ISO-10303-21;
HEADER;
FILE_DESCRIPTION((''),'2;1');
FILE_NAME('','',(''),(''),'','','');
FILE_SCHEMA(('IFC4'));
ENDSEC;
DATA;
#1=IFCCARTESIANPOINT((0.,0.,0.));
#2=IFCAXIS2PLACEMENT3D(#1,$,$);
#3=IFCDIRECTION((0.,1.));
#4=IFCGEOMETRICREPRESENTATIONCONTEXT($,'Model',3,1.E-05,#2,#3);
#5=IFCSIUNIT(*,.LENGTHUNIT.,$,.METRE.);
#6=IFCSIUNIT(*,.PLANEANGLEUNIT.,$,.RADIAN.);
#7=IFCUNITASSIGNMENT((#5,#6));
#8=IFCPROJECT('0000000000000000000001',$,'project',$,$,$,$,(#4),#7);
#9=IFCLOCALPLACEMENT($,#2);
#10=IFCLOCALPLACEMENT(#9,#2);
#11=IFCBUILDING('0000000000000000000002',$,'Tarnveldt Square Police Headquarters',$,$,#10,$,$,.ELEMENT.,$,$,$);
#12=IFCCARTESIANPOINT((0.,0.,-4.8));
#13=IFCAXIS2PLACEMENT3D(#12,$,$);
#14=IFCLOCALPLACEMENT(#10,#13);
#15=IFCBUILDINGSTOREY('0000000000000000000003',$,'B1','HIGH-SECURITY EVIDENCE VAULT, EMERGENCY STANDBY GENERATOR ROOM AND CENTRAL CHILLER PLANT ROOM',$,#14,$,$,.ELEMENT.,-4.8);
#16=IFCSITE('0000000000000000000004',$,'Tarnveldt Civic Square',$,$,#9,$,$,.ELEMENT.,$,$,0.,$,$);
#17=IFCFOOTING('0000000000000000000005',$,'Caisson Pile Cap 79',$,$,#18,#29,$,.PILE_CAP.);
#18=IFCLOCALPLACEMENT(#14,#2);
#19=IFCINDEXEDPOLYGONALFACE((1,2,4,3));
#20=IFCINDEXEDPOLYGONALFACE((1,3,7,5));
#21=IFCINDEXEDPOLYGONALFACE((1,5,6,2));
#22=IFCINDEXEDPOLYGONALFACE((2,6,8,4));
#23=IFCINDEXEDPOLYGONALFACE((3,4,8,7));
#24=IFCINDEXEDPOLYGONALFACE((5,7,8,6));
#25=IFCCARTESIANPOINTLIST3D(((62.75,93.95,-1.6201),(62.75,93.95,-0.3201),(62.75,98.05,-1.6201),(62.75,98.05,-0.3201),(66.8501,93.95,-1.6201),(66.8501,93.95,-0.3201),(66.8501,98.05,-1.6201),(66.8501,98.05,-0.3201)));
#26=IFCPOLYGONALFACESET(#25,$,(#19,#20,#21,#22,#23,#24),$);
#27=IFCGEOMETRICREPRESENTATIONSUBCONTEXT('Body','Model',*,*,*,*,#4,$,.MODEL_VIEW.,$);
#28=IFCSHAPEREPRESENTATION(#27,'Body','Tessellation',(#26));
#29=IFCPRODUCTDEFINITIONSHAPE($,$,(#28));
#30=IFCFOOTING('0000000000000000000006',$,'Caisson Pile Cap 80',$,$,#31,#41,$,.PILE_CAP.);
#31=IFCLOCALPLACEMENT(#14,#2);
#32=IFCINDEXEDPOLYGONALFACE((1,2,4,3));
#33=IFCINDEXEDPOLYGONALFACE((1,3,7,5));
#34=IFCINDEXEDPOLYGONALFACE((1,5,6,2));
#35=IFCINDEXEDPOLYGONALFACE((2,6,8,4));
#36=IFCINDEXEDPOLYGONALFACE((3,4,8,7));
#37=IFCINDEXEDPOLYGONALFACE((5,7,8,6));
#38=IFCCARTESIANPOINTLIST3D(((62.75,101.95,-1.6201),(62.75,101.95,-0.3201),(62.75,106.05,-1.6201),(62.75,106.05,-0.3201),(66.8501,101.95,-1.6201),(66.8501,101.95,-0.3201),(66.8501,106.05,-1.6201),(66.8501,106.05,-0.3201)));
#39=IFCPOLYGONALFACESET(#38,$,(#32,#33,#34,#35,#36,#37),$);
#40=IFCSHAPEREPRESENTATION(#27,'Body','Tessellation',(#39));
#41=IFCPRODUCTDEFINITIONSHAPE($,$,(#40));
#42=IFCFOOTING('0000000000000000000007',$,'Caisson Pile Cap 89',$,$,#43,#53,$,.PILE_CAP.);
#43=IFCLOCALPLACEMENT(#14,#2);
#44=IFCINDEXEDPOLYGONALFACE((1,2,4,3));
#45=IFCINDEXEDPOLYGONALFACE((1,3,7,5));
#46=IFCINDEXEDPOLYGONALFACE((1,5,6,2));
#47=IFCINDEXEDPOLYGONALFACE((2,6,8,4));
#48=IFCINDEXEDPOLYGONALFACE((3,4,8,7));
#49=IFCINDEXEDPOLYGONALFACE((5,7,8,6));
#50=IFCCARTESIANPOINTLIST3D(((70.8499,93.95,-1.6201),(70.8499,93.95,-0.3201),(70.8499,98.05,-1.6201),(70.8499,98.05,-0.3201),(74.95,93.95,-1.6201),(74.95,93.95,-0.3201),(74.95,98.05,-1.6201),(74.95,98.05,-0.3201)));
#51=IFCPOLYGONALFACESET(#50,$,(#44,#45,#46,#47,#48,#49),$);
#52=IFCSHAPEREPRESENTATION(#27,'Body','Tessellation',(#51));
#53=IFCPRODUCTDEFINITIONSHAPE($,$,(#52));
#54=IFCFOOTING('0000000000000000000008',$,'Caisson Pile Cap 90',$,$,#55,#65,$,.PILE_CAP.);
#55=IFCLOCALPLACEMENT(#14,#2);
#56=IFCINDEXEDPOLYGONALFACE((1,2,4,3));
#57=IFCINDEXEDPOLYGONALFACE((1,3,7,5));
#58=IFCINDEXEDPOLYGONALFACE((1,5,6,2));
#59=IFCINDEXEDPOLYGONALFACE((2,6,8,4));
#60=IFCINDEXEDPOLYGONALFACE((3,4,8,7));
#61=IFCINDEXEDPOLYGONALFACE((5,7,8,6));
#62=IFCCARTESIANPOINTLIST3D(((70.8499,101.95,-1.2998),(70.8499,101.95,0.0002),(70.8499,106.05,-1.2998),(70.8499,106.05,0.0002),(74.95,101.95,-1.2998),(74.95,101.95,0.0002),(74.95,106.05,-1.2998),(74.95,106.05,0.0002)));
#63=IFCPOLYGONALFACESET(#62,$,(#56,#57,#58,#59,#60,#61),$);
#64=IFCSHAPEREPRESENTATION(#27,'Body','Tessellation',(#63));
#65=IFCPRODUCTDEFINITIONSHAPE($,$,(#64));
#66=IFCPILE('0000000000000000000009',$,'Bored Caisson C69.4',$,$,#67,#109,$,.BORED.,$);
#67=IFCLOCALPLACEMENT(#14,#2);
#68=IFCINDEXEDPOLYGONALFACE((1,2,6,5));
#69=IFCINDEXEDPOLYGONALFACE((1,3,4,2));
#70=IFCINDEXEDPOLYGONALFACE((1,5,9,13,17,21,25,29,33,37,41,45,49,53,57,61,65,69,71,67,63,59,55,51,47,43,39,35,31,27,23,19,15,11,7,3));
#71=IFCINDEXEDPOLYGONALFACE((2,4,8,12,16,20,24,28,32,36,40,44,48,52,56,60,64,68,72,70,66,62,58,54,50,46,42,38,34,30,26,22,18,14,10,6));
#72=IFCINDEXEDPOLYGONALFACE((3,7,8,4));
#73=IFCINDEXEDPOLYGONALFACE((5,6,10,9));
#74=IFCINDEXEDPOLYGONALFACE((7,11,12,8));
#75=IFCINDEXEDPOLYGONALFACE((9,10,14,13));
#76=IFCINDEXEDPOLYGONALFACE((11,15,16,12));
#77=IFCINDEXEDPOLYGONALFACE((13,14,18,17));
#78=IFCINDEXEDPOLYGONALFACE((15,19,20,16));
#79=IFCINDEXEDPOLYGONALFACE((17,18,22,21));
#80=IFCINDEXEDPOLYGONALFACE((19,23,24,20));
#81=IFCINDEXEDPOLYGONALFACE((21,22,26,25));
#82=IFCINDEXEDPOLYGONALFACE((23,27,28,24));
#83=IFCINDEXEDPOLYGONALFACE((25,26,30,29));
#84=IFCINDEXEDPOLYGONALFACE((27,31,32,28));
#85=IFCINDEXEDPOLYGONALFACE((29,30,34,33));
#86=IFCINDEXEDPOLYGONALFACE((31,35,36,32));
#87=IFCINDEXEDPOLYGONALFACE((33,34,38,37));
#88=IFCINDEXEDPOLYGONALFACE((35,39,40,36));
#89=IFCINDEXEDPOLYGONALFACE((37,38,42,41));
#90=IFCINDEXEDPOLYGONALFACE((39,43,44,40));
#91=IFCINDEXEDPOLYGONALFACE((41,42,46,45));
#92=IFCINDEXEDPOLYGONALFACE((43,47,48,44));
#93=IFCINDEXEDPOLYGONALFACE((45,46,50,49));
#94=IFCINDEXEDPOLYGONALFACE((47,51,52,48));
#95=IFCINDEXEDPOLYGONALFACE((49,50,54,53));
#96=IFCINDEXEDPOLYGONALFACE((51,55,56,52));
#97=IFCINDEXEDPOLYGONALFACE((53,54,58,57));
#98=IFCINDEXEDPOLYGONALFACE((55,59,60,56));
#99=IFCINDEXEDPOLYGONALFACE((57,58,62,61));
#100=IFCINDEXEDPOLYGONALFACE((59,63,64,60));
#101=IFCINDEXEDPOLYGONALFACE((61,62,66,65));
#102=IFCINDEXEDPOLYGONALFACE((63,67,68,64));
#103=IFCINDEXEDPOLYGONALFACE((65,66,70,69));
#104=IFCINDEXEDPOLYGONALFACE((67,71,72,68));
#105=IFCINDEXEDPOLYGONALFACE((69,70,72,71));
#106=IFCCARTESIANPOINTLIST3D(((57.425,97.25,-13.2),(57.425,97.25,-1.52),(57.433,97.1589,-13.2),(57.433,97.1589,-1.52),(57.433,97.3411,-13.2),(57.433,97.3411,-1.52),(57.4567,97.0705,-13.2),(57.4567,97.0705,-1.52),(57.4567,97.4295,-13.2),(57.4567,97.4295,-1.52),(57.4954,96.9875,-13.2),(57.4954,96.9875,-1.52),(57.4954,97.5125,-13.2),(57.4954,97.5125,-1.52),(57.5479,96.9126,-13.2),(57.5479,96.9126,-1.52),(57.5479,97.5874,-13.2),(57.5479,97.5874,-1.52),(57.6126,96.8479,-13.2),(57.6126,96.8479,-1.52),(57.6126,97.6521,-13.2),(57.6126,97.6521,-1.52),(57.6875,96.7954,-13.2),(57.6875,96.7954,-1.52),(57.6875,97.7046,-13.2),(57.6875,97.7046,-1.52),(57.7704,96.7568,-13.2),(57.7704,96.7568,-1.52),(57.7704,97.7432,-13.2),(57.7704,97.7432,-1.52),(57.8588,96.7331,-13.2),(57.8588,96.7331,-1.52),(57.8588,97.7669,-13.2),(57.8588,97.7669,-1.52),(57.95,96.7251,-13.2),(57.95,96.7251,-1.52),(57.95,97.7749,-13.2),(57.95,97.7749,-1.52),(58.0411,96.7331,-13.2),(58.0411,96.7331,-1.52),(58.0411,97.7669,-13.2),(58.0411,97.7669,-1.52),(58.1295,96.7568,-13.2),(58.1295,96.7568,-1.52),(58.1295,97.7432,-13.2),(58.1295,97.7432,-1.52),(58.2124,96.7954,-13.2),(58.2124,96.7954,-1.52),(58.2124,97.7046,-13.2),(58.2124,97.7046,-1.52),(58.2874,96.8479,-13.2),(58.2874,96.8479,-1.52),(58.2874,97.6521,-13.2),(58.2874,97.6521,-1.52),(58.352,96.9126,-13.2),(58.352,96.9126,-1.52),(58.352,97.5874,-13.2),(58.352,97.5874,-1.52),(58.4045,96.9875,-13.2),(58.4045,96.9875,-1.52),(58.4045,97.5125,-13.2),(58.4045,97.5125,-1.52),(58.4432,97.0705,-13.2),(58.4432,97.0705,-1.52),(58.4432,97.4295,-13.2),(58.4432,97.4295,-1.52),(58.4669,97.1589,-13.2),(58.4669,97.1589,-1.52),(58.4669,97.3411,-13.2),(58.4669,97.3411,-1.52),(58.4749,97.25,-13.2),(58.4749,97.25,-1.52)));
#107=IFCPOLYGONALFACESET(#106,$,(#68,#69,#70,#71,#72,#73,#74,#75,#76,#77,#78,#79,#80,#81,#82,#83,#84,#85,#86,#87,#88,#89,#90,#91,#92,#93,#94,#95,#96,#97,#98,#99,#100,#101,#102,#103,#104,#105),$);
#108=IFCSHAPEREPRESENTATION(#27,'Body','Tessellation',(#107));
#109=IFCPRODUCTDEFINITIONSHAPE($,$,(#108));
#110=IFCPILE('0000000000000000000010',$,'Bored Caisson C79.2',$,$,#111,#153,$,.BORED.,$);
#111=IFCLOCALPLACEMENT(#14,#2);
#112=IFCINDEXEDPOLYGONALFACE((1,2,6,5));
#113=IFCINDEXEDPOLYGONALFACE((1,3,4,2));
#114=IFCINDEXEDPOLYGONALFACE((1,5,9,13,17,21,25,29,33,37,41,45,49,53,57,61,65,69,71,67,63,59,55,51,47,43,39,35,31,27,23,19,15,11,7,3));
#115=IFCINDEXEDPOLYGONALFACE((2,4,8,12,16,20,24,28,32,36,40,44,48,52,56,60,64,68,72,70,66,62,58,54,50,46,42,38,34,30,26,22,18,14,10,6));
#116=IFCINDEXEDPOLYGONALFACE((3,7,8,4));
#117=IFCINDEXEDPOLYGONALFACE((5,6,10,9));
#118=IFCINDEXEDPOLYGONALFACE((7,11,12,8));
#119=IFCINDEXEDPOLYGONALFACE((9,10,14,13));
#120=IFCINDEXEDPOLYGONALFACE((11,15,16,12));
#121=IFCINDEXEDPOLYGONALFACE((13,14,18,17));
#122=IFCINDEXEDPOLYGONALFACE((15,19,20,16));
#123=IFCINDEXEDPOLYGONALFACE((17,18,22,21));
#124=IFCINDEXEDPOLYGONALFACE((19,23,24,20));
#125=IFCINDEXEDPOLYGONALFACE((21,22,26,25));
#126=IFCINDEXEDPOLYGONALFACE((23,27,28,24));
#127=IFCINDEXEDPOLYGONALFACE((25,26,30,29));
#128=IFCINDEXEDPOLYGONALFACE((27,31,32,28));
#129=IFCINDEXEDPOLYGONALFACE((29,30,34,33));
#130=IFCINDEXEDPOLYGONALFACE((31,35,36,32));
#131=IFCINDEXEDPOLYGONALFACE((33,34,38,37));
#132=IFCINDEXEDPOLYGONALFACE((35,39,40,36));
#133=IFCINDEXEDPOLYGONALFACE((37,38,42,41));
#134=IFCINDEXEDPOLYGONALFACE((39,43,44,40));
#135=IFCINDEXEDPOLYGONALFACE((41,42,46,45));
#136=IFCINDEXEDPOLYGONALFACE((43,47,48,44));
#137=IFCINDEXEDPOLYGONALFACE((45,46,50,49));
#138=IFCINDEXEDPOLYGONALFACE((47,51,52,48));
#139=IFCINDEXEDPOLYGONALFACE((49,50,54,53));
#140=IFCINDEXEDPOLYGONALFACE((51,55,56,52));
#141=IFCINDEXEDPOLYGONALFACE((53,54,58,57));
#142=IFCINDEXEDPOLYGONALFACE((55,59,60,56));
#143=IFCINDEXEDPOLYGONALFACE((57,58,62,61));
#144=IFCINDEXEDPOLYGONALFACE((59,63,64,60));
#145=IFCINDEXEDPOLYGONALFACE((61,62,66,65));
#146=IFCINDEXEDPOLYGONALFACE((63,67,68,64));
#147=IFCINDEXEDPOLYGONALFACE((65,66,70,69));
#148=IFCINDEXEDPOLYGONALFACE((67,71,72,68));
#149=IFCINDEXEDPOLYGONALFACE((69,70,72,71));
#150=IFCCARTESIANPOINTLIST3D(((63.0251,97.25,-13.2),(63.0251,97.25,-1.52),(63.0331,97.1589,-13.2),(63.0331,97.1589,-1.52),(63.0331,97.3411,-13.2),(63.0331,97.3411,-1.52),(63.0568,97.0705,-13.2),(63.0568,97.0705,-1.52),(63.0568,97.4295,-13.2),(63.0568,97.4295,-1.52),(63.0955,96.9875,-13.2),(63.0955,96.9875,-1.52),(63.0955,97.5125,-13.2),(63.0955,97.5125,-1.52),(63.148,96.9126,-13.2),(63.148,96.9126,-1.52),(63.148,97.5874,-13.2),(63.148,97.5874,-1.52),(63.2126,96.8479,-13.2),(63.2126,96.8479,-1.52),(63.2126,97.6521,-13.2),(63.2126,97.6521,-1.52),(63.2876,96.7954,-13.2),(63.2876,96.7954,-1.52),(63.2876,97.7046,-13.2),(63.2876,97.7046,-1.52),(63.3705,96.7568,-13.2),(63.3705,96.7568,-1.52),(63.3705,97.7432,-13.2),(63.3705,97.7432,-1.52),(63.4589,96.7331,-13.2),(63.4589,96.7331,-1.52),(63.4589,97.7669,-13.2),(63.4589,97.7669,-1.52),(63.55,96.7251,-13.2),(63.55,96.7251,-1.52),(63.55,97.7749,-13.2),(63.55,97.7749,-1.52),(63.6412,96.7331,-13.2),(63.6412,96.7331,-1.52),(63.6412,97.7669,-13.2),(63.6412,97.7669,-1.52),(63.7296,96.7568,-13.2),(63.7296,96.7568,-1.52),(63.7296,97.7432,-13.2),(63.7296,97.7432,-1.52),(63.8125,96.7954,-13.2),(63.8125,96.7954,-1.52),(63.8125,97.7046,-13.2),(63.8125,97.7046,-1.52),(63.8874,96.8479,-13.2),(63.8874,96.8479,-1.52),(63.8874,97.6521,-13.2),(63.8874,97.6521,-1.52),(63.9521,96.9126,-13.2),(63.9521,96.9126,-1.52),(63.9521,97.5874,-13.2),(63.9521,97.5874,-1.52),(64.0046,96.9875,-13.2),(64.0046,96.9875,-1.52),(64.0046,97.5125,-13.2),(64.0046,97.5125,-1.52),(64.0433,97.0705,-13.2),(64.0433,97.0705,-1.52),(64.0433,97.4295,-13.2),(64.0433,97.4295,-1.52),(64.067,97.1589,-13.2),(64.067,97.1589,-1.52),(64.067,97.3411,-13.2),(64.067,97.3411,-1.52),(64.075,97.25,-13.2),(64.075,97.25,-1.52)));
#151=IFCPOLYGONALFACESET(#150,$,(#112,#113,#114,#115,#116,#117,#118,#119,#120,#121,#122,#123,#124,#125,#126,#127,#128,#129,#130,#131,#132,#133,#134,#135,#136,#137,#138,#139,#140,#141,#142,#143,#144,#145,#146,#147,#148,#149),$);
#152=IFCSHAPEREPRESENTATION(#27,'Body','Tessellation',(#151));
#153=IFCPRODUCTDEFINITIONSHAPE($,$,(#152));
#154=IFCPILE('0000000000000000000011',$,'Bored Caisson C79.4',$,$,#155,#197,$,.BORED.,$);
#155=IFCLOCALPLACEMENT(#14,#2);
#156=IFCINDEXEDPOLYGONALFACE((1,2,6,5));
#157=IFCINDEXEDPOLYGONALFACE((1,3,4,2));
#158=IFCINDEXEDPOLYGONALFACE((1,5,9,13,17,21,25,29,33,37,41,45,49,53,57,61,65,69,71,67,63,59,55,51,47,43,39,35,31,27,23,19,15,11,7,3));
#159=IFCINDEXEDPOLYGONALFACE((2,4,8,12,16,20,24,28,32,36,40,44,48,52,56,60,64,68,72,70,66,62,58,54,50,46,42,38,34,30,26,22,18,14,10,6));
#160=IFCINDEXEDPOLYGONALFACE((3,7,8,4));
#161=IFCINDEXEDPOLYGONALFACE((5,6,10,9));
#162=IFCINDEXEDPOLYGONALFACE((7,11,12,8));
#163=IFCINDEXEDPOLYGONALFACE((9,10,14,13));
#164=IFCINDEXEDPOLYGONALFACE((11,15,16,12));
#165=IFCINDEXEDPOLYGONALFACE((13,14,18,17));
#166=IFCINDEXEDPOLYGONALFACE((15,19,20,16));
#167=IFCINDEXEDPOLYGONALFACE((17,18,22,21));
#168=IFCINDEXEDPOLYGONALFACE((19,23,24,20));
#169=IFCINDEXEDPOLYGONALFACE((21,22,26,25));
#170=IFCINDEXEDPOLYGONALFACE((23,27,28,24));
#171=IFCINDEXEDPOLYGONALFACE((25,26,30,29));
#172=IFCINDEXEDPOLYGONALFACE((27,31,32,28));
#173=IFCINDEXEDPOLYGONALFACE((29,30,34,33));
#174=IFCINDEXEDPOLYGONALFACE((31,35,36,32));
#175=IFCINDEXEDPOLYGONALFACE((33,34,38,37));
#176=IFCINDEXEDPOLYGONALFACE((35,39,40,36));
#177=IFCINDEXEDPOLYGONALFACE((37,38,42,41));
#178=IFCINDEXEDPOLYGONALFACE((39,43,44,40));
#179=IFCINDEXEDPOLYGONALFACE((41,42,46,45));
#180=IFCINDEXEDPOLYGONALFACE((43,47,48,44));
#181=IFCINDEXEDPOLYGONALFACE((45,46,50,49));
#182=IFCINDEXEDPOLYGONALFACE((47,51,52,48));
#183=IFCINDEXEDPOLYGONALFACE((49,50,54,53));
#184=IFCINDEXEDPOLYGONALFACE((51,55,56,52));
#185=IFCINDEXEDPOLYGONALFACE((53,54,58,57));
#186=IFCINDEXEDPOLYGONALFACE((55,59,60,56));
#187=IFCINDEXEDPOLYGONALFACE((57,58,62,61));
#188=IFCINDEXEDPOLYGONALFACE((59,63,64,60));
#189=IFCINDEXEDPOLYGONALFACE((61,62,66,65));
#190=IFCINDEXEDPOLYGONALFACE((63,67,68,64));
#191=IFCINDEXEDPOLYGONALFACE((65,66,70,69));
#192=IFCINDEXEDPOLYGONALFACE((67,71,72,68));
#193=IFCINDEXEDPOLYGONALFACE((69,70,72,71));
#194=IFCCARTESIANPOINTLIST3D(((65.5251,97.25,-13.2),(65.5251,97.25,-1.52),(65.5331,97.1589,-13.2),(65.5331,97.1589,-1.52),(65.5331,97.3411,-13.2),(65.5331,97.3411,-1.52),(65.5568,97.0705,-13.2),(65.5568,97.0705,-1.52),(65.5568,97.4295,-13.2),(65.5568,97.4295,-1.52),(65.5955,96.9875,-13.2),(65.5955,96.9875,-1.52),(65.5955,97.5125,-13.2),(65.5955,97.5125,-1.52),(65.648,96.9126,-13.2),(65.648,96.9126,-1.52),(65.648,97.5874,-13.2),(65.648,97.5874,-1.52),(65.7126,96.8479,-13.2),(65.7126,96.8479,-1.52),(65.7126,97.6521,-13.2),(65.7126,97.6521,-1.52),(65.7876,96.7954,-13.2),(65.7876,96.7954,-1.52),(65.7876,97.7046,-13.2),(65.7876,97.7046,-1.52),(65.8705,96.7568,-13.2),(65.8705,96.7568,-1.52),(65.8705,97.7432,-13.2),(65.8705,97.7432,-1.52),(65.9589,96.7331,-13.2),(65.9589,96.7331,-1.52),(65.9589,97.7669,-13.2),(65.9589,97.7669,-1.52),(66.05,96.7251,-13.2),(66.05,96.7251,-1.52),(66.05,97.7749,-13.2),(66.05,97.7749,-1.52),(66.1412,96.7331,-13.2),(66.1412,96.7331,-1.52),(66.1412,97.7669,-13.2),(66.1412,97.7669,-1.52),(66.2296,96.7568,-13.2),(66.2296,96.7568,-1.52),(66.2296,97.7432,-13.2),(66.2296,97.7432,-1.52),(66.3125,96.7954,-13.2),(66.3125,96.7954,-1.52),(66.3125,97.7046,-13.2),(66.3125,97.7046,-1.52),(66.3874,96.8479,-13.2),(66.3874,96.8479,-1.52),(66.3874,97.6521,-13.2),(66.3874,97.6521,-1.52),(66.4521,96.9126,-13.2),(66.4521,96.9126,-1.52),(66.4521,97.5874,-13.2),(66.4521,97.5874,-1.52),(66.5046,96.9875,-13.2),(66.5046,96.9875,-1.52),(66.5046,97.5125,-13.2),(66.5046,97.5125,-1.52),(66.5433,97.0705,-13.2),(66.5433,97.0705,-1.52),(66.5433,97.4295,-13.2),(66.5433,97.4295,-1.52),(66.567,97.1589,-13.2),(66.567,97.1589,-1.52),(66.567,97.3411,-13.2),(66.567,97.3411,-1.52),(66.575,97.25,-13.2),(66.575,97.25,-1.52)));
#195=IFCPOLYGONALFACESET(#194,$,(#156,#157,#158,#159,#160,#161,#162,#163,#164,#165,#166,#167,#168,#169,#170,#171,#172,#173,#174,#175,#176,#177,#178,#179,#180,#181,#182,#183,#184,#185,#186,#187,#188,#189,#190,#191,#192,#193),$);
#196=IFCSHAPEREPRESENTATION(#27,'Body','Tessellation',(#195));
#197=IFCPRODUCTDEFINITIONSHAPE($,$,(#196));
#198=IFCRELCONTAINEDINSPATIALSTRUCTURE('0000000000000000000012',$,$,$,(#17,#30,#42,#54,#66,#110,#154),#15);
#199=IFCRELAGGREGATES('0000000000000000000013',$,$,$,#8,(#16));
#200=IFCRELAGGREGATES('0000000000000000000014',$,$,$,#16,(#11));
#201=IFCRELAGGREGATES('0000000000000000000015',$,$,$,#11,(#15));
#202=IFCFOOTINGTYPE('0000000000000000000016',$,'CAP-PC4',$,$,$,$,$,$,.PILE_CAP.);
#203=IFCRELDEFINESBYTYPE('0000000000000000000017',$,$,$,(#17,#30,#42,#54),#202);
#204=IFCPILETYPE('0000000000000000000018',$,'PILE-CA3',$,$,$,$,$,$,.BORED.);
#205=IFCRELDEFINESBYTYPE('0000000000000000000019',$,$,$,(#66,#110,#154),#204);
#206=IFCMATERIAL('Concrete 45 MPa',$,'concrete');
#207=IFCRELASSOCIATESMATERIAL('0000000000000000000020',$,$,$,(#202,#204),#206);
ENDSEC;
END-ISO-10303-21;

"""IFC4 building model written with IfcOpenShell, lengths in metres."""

from ifc_helpers import new_model, si_unit, direction, frame, origin, origin_2d, place, context, subcontext, project, spatial, rectangle, circle, extrude, material, material_profile, profile_set, type_object, element, save


model = new_model("IFC4")

# Units and contexts
model_context = context("Model", 3, precision=1e-05, world=origin(), true_north=direction((0.0, 1.0)))
body_context = subcontext(model_context, "Body", "Model", "MODEL_VIEW")
ifc_project = project(units=[si_unit("LENGTHUNIT", "METRE"), si_unit("PLANEANGLEUNIT", "RADIAN")], contexts=[model_context])

# Site, building, storey
site_placement = place(None, origin())
site = spatial("IfcSite", under=ifc_project, at=site_placement, Name="Tarnveldt Civic Square", CompositionType="ELEMENT", RefElevation=0.0)
building_placement = place(site_placement, origin())
building = spatial("IfcBuilding", under=site, at=building_placement, Name="Tarnveldt Square Police Headquarters", CompositionType="ELEMENT")
storey_placement = place(building_placement, frame((0.0, 0.0, -4.8)))
storey = spatial("IfcBuildingStorey", under=building, at=storey_placement, Name="B1", Description="HIGH-SECURITY EVIDENCE VAULT, EMERGENCY STANDBY GENERATOR ROOM AND CENTRAL CHILLER PLANT ROOM", CompositionType="ELEMENT", Elevation=-4.8)

# Footings
ifc_material_1 = material(Name="Concrete 45 MPa", Category="concrete")
footing_type = type_object("IfcFootingType", Name="CAP-PC4", PredefinedType="PILE_CAP", material=ifc_material_1)
for number, where, z_axis, x_axis, name in (
    (1, (64.8, 96.0, -1.6201), (0.0, 0.0, 1.0), (1.0, 0.0, 0.0), "Caisson Pile Cap 79"),
    (2, (64.8, 104.0, -1.6201), (0.0, 0.0, 1.0), (1.0, 0.0, 0.0), "Caisson Pile Cap 80"),
    (3, (72.8999, 96.0, -1.6201), (0.0, 0.0, 1.0), (1.0, 0.0, 0.0), "Caisson Pile Cap 89"),
    (4, (72.8999, 104.0, -1.2998), (0.0, 0.0, 1.0), (1.0, 0.0, 0.0), "Caisson Pile Cap 90"),
):
    element("IfcFooting", number, at=place(storey_placement, frame(where, z_axis=z_axis, x_axis=x_axis)), inside=storey, type_object=footing_type, Name=name, PredefinedType="PILE_CAP", context=body_context, shape_type="SweptSolid", body=[
        extrude(rectangle(XDim=4.1001, YDim=4.1001, at=origin_2d()), origin(), (0.0, 0.0, 1.0), 1.3),
    ])

# Piles
ifc_material_profile_1 = material_profile(ifc_material_1, circle(Radius=0.5249, at=origin_2d()), Name="CAISSON-D1050")
ifc_profile_set_1 = profile_set([ifc_material_profile_1], Name="Concrete 45 MPa")
pile_type_1 = type_object("IfcPileType", Name="PILE-CA3", PredefinedType="BORED", material=ifc_profile_set_1)
for number, where, z_axis, x_axis, name in (
    (5, (57.95, 97.25, -1.52), (0.0, 0.0, -1.0), (1.0, 0.0, 0.0), "Bored Caisson C69.4"),
    (6, (63.55, 97.25, -1.52), (0.0, 0.0, -1.0), (1.0, 0.0, 0.0), "Bored Caisson C79.2"),
    (7, (66.05, 97.25, -1.52), (0.0, 0.0, -1.0), (1.0, 0.0, 0.0), "Bored Caisson C79.4"),
):
    element("IfcPile", number, at=place(storey_placement, frame(where, z_axis=z_axis, x_axis=x_axis)), inside=storey, type_object=pile_type_1, Name=name, PredefinedType="BORED", context=body_context, shape_type="SweptSolid", body=[
        extrude(circle(Radius=0.5249, at=origin_2d()), origin(), (0.0, 0.0, 1.0), 11.6799),
    ])

save(model, "model.ifc")
